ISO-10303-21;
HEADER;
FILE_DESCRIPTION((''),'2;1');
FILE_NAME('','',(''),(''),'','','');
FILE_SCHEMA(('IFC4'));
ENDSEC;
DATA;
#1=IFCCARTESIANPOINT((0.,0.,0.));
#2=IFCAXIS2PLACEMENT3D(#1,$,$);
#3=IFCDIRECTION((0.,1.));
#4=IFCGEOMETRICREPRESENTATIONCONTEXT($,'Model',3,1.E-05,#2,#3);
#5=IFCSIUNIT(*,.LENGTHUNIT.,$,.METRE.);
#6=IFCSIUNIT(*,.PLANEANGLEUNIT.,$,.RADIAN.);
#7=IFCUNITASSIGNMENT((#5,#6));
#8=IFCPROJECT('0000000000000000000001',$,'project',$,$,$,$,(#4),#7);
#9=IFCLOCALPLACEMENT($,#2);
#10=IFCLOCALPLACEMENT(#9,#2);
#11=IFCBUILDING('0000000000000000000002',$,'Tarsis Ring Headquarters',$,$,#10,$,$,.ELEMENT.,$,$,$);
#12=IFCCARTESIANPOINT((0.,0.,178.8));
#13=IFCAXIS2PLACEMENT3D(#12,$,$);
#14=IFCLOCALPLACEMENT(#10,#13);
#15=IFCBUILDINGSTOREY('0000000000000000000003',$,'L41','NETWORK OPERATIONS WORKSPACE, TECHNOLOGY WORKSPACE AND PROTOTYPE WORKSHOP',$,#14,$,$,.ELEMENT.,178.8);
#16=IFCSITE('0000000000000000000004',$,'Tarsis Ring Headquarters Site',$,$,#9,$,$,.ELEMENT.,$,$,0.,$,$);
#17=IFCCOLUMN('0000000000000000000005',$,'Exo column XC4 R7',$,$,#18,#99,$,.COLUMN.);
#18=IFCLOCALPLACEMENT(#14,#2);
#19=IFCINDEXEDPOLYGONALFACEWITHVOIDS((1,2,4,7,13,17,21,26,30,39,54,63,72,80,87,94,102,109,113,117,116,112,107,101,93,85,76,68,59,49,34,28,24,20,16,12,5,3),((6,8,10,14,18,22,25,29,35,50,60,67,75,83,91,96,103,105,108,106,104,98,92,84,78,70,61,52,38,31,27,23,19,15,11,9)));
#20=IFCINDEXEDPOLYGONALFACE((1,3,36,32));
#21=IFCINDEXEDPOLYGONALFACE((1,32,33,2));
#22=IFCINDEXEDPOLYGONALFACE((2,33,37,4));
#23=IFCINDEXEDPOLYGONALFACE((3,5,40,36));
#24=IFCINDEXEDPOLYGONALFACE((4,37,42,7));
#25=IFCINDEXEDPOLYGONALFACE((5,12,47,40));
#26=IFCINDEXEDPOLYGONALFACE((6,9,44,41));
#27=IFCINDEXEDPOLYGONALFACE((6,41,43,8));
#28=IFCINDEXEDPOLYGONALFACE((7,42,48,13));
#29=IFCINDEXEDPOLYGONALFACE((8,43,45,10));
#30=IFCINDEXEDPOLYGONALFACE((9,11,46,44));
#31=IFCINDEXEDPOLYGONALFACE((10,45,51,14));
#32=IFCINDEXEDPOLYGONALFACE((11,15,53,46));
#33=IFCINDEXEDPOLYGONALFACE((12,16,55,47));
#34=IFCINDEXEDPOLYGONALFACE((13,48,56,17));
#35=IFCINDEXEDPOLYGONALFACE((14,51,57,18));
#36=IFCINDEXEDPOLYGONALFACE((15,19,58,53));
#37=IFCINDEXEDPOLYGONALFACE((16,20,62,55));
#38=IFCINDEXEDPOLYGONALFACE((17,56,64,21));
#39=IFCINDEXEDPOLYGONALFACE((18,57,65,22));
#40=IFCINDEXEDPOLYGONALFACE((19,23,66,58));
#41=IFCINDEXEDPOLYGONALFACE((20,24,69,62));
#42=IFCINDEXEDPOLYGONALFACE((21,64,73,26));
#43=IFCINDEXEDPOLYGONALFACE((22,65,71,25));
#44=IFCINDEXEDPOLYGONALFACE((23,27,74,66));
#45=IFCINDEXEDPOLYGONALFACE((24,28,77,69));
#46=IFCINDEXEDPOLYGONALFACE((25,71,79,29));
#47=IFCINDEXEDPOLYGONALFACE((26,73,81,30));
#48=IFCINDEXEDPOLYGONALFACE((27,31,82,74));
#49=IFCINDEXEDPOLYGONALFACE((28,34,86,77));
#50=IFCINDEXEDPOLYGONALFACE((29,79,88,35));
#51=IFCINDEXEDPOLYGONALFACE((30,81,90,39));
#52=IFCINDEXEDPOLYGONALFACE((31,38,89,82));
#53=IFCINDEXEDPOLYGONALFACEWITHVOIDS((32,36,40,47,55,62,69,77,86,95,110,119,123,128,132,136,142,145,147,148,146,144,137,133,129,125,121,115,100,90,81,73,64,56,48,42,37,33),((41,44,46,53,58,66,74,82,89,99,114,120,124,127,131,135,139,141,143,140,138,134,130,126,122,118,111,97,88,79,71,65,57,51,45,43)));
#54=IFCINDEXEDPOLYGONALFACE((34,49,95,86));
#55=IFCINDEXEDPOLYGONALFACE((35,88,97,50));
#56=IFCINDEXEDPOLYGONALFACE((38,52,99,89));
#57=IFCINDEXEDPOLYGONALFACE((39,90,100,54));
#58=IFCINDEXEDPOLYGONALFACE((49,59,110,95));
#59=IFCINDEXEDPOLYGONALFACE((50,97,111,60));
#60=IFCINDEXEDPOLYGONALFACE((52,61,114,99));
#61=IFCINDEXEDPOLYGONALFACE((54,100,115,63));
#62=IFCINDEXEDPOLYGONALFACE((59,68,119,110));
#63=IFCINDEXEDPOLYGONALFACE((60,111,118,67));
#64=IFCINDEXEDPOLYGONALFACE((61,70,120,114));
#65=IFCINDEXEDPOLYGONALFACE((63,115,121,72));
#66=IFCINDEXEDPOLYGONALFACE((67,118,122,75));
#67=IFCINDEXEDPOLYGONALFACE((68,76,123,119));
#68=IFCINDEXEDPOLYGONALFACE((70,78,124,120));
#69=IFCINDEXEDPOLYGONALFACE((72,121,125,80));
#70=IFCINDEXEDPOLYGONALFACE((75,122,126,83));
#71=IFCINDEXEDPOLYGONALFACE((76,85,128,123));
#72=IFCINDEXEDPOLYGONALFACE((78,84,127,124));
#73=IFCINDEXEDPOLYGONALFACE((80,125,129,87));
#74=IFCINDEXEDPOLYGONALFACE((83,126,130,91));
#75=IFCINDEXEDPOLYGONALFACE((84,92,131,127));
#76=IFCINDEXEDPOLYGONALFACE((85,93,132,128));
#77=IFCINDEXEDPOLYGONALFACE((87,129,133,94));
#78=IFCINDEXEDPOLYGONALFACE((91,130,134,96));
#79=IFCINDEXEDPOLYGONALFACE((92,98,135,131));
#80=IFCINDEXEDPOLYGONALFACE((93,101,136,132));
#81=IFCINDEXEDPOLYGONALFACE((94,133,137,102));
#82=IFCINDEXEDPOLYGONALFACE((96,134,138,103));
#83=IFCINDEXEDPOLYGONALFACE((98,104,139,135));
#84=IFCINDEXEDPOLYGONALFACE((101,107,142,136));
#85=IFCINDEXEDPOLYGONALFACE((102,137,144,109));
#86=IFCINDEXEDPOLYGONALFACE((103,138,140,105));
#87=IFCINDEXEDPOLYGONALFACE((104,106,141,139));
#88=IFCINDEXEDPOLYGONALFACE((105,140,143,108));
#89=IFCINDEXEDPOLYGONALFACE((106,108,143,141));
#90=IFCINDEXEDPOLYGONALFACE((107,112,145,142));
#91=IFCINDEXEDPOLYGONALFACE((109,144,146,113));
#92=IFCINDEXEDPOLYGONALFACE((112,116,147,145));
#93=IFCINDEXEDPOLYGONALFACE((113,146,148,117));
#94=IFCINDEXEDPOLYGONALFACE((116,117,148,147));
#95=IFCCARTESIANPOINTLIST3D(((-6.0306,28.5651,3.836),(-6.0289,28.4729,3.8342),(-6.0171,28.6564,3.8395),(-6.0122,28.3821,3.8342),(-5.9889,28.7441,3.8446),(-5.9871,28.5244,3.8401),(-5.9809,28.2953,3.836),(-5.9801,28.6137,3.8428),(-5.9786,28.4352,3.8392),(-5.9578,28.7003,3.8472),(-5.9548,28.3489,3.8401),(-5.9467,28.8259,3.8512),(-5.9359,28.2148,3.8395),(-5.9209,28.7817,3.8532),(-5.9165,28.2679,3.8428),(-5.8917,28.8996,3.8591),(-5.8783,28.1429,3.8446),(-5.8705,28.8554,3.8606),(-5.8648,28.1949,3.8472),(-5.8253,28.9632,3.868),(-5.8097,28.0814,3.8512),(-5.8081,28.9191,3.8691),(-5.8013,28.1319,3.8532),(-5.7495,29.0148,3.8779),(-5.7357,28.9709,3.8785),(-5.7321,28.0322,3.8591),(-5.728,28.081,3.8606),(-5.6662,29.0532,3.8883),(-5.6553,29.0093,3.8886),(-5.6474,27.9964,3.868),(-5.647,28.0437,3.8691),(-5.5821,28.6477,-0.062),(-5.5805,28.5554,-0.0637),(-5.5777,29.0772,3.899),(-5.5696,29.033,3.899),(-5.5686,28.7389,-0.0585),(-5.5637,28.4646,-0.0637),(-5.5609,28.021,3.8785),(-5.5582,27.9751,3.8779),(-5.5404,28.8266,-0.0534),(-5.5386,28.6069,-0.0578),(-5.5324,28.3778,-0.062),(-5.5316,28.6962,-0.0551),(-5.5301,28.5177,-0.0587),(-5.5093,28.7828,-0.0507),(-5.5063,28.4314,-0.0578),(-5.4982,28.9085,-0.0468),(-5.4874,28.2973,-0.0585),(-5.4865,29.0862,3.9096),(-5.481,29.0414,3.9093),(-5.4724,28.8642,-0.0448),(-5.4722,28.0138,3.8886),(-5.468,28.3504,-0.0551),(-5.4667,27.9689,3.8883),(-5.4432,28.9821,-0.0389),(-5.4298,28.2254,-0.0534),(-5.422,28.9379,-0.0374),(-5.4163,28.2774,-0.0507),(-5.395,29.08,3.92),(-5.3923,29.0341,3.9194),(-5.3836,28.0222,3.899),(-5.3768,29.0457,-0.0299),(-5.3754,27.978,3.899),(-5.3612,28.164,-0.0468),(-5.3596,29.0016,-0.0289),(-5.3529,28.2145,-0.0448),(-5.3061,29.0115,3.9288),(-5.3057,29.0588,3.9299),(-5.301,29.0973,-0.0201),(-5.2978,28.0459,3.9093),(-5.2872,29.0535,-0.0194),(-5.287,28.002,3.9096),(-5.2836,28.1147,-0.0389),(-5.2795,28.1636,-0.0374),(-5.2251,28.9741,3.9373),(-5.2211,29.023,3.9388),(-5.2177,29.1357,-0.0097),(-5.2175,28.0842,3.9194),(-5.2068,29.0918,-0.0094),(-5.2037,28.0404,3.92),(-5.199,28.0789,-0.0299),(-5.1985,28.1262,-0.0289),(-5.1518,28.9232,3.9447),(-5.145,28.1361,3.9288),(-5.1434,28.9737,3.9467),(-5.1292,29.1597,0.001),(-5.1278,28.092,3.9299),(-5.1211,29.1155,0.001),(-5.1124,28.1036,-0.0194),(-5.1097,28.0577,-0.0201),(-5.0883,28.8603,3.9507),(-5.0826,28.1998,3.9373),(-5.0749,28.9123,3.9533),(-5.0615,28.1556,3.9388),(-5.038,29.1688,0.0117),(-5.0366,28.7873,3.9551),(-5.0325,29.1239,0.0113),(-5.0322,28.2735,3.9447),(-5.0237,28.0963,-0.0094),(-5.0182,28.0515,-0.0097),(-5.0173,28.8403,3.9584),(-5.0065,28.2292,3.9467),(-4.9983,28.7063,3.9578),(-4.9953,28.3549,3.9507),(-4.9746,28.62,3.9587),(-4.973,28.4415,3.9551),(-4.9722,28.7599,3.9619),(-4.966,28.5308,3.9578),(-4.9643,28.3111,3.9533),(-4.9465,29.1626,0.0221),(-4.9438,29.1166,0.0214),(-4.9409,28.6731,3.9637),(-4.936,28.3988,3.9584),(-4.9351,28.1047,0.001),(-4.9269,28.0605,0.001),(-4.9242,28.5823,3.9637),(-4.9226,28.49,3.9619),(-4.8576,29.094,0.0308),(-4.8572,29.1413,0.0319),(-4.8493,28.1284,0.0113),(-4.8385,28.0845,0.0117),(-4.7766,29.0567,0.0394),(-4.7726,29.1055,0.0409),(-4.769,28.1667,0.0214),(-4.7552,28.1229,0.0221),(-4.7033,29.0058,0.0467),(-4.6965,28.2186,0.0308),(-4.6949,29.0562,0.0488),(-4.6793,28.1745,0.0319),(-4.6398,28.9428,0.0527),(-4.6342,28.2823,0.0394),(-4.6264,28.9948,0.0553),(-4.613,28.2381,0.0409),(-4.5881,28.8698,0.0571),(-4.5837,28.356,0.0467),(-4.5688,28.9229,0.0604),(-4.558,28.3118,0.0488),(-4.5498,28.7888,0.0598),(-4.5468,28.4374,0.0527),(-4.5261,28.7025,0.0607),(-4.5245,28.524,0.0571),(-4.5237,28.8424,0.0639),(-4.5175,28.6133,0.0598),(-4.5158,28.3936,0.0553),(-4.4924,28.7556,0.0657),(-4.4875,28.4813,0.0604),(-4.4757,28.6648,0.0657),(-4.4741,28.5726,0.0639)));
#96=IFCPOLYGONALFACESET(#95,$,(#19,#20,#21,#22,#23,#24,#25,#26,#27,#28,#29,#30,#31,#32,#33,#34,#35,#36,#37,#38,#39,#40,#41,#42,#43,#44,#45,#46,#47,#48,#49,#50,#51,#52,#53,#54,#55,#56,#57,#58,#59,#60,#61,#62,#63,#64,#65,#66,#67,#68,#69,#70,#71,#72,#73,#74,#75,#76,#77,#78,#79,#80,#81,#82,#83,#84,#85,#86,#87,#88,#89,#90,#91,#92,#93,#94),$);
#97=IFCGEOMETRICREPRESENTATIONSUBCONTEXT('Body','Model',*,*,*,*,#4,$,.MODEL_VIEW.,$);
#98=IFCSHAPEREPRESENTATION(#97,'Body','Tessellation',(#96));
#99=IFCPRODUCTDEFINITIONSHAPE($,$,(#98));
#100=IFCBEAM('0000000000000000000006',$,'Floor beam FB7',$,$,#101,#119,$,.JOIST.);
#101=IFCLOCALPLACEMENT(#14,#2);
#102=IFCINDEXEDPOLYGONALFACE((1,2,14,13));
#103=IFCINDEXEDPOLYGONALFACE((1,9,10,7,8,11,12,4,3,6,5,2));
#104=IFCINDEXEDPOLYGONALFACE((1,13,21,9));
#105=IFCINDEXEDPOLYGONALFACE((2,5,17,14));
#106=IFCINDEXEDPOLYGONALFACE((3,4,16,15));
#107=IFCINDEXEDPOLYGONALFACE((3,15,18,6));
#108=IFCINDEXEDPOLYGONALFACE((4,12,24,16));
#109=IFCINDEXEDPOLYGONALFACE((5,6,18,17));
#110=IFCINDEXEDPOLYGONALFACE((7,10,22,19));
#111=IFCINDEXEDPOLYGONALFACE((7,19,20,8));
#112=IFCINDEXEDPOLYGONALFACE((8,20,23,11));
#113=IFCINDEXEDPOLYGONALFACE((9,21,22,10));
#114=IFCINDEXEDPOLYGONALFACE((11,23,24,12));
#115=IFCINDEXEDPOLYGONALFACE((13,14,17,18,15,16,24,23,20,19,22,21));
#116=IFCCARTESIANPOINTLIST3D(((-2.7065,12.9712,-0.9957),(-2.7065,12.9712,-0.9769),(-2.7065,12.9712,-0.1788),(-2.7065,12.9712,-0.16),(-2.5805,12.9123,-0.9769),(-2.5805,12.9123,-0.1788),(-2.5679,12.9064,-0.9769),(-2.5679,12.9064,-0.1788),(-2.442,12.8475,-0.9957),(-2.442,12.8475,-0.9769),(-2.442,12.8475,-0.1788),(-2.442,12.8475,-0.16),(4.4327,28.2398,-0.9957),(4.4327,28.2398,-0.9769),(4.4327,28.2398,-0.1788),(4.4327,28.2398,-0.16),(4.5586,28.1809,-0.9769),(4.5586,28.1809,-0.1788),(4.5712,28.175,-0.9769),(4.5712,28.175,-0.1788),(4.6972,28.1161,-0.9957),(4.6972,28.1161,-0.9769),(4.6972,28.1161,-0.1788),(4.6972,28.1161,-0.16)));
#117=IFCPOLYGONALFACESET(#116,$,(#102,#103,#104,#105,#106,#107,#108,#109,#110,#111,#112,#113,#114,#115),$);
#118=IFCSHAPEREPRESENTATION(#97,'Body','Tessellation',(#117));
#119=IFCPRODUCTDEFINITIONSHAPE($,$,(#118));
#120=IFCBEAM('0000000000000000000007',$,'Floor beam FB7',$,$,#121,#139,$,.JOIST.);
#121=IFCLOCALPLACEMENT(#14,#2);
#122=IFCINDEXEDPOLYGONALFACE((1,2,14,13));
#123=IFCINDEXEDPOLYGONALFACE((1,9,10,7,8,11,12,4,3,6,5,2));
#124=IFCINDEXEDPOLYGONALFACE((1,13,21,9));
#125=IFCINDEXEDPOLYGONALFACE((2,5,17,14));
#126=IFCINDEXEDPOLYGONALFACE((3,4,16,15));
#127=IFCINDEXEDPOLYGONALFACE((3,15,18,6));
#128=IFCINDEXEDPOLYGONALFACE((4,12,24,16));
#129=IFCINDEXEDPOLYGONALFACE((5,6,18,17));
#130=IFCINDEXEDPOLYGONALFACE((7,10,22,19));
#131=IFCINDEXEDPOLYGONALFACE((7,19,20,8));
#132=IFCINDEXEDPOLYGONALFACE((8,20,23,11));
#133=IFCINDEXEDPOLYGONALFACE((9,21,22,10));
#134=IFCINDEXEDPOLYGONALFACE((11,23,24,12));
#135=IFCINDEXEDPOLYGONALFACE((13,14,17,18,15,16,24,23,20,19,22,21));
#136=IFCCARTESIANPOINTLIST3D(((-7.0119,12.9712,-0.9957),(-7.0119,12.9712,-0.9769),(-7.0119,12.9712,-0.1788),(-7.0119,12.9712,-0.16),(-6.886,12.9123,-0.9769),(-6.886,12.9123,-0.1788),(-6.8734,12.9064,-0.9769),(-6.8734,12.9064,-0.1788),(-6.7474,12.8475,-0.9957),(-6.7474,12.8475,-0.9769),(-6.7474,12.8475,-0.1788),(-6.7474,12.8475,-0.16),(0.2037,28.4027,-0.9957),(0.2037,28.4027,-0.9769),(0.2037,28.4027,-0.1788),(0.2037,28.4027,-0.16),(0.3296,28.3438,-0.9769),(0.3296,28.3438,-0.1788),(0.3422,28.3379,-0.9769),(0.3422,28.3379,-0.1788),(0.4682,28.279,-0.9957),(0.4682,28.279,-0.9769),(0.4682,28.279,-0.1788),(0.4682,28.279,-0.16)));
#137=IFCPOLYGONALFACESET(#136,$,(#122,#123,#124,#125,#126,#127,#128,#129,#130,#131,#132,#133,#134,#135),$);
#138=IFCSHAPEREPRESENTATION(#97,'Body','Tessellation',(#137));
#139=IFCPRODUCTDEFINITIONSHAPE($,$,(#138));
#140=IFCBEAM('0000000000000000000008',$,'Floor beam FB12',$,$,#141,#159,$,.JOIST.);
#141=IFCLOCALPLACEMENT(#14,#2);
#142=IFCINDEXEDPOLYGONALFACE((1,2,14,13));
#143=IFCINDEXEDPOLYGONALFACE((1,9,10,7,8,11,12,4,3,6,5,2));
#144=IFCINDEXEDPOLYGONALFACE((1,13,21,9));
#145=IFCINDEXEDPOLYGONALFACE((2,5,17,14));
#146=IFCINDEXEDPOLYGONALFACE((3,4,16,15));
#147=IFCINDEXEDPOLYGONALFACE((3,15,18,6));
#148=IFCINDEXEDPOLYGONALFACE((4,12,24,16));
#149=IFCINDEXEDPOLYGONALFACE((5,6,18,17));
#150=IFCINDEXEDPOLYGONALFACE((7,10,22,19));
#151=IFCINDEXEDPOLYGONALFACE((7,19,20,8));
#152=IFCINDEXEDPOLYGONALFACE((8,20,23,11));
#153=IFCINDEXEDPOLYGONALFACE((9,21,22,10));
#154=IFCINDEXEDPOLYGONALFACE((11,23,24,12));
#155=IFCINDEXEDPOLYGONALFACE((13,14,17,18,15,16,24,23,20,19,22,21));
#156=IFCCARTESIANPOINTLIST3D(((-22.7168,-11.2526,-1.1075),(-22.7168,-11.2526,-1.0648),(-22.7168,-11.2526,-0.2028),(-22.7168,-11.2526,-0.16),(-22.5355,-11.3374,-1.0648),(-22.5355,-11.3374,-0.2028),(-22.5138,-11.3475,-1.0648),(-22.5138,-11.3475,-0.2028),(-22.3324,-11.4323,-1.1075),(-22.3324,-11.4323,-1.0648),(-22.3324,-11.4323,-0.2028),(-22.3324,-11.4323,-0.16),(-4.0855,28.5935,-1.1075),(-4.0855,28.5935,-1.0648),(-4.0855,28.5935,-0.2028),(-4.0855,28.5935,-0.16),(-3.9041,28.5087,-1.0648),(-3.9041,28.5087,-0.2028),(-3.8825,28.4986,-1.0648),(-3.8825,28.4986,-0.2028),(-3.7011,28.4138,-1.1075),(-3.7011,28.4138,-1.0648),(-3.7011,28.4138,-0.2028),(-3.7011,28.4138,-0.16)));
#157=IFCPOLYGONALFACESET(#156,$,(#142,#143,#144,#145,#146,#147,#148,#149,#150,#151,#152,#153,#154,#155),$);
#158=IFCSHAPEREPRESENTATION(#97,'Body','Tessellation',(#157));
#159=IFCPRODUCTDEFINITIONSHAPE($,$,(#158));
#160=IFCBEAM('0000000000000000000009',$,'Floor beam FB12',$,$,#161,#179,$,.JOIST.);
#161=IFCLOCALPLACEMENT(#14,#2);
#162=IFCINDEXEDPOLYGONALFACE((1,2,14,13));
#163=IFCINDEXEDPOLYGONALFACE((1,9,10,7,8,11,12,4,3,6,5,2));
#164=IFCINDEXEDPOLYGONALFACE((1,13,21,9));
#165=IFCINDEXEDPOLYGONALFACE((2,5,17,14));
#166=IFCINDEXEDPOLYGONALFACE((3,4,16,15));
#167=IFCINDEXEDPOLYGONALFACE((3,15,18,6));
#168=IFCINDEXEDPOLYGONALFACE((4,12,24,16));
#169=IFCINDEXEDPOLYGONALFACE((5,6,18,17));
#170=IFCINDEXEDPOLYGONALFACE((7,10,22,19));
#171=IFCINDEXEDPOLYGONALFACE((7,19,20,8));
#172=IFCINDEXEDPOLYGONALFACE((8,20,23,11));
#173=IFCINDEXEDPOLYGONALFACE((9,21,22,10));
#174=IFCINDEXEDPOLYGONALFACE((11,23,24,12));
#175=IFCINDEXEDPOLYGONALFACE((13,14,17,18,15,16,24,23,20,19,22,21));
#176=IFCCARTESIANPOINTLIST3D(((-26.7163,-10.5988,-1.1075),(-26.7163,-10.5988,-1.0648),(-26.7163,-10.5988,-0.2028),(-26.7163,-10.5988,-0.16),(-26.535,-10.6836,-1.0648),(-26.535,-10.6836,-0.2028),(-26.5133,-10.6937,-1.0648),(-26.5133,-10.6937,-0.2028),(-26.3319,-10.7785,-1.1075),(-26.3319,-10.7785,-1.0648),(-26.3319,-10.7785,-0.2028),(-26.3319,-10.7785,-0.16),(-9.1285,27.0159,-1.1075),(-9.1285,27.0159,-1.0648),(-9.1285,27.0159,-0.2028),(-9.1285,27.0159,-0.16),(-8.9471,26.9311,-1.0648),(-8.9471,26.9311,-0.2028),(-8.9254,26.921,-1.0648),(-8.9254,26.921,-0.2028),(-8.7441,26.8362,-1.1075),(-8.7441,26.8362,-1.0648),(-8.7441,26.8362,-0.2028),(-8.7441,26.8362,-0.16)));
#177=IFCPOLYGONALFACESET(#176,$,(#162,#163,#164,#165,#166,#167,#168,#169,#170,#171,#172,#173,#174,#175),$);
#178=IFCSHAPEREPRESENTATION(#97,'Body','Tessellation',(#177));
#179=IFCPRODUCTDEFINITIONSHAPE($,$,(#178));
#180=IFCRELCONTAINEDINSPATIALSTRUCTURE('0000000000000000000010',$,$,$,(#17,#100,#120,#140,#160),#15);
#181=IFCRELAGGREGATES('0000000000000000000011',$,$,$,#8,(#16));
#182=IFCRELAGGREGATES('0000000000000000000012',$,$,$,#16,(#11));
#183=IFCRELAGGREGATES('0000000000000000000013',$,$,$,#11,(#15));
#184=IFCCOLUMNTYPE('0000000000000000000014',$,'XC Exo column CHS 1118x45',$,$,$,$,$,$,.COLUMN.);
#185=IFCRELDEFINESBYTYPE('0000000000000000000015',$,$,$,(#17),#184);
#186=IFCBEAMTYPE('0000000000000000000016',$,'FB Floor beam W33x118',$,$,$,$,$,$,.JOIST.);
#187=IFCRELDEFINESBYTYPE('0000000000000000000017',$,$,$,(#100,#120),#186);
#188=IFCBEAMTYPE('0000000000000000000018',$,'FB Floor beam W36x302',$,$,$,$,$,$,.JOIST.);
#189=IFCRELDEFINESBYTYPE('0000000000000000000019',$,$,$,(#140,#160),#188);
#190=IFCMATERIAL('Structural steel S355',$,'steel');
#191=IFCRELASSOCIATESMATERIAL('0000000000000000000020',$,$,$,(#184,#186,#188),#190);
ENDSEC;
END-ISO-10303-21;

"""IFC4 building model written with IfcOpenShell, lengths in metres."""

from ifc_helpers import new_model, si_unit, direction, frame, origin, origin_2d, place, context, subcontext, project, spatial, hollow_circle, i_section, extrude, material, material_profile, profile_set, type_object, element, save


model = new_model("IFC4")

# Units and contexts
model_context = context("Model", 3, precision=1e-05, world=origin(), true_north=direction((0.0, 1.0)))
body_context = subcontext(model_context, "Body", "Model", "MODEL_VIEW")
ifc_project = project(units=[si_unit("LENGTHUNIT", "METRE"), si_unit("PLANEANGLEUNIT", "RADIAN")], contexts=[model_context])

# Site, building, storey
site_placement = place(None, origin())
site = spatial("IfcSite", under=ifc_project, at=site_placement, Name="Tarsis Ring Headquarters Site", CompositionType="ELEMENT", RefElevation=0.0)
building_placement = place(site_placement, origin())
building = spatial("IfcBuilding", under=site, at=building_placement, Name="Tarsis Ring Headquarters", CompositionType="ELEMENT")
storey_placement = place(building_placement, frame((0.0, 0.0, 178.8)))
storey = spatial("IfcBuildingStorey", under=building, at=storey_placement, Name="L41", Description="NETWORK OPERATIONS WORKSPACE, TECHNOLOGY WORKSPACE AND PROTOTYPE WORKSHOP", CompositionType="ELEMENT", Elevation=178.8)

# Column
ifc_material_1 = material(Name="Structural steel S355", Category="steel")
ifc_material_profile_1 = material_profile(ifc_material_1, hollow_circle(Radius=0.5588, WallThickness=0.0449, at=origin_2d()), Name="CHS 1118x45")
ifc_profile_set_1 = profile_set([ifc_material_profile_1], Name="Structural steel S355")
column_type = type_object("IfcColumnType", Name="XC Exo column CHS 1118x45", PredefinedType="COLUMN", material=ifc_profile_set_1)
column_placement = place(storey_placement, frame((-5.0281, 28.6101, 0.001), z_axis=(-0.114278, -0.021027, 0.993226), x_axis=(0.180958, -0.983491, 0.0)))
element("IfcColumn", 1, at=column_placement, inside=storey, type_object=column_type, Name="Exo column XC4 R7", PredefinedType="COLUMN", context=body_context, shape_type="SweptSolid", body=[
    extrude(hollow_circle(Radius=0.5588, WallThickness=0.0449, at=origin_2d()), origin(), (0.0, 0.0, 1.0), 3.9246),
])

# Beams
ifc_material_profile_2 = material_profile(ifc_material_1, i_section(OverallWidth=0.292, OverallDepth=0.8357, WebThickness=0.0139, FlangeThickness=0.0188, at=origin_2d()), Name="W33x118")
ifc_profile_set_2 = profile_set([ifc_material_profile_2], Name="Structural steel S355")
beam_type_1 = type_object("IfcBeamType", Name="FB Floor beam W33x118", PredefinedType="JOIST", material=ifc_profile_set_2)
beam_1_placement = place(storey_placement, frame((4.5649, 28.178, -0.5779), z_axis=(-0.423559, -0.905868, 0.0), x_axis=(0.905868, -0.423559, 0.0)))
element("IfcBeam", 2, at=beam_1_placement, inside=storey, type_object=beam_type_1, Name="Floor beam FB7", PredefinedType="JOIST", context=body_context, shape_type="SweptSolid", body=[
    extrude(i_section(OverallWidth=0.292, OverallDepth=0.8357, WebThickness=0.0139, FlangeThickness=0.0188, at=origin_2d()), origin(), (0.0, 0.0, 1.0), 16.8552),
])
beam_2_placement = place(storey_placement, frame((0.3359, 28.3408, -0.5779), z_axis=(-0.423573, -0.905862, 0.0), x_axis=(0.905862, -0.423573, 0.0)))
element("IfcBeam", 3, at=beam_2_placement, inside=storey, type_object=beam_type_1, Name="Floor beam FB7", PredefinedType="JOIST", context=body_context, shape_type="SweptSolid", body=[
    extrude(i_section(OverallWidth=0.292, OverallDepth=0.8357, WebThickness=0.0139, FlangeThickness=0.0188, at=origin_2d()), origin(), (0.0, 0.0, 1.0), 17.0352),
])
ifc_material_profile_3 = material_profile(ifc_material_1, i_section(OverallWidth=0.4243, OverallDepth=0.9475, WebThickness=0.0239, FlangeThickness=0.0427, at=origin_2d()), Name="W36x302")
ifc_profile_set_3 = profile_set([ifc_material_profile_3], Name="Structural steel S355")
beam_type_2 = type_object("IfcBeamType", Name="FB Floor beam W36x302", PredefinedType="JOIST", material=ifc_profile_set_3)
beam_3_placement = place(storey_placement, frame((-3.8933, 28.5037, -0.6338), z_axis=(-0.423566, -0.905865, 0.0), x_axis=(0.905865, -0.423566, 0.0)))
element("IfcBeam", 4, at=beam_3_placement, inside=storey, type_object=beam_type_2, Name="Floor beam FB12", PredefinedType="JOIST", context=body_context, shape_type="SweptSolid", body=[
    extrude(i_section(OverallWidth=0.4243, OverallDepth=0.9475, WebThickness=0.0239, FlangeThickness=0.0427, at=origin_2d()), origin(), (0.0, 0.0, 1.0), 43.9868),
])
beam_4_placement = place(storey_placement, frame((-8.9363, 26.926, -0.6338), z_axis=(-0.423565, -0.905866, 0.0), x_axis=(0.905866, -0.423565, 0.0)))
element("IfcBeam", 5, at=beam_4_placement, inside=storey, type_object=beam_type_2, Name="Floor beam FB12", PredefinedType="JOIST", context=body_context, shape_type="SweptSolid", body=[
    extrude(i_section(OverallWidth=0.4243, OverallDepth=0.9475, WebThickness=0.0239, FlangeThickness=0.0427, at=origin_2d()), origin(), (0.0, 0.0, 1.0), 41.5234),
])

save(model, "model.ifc")
